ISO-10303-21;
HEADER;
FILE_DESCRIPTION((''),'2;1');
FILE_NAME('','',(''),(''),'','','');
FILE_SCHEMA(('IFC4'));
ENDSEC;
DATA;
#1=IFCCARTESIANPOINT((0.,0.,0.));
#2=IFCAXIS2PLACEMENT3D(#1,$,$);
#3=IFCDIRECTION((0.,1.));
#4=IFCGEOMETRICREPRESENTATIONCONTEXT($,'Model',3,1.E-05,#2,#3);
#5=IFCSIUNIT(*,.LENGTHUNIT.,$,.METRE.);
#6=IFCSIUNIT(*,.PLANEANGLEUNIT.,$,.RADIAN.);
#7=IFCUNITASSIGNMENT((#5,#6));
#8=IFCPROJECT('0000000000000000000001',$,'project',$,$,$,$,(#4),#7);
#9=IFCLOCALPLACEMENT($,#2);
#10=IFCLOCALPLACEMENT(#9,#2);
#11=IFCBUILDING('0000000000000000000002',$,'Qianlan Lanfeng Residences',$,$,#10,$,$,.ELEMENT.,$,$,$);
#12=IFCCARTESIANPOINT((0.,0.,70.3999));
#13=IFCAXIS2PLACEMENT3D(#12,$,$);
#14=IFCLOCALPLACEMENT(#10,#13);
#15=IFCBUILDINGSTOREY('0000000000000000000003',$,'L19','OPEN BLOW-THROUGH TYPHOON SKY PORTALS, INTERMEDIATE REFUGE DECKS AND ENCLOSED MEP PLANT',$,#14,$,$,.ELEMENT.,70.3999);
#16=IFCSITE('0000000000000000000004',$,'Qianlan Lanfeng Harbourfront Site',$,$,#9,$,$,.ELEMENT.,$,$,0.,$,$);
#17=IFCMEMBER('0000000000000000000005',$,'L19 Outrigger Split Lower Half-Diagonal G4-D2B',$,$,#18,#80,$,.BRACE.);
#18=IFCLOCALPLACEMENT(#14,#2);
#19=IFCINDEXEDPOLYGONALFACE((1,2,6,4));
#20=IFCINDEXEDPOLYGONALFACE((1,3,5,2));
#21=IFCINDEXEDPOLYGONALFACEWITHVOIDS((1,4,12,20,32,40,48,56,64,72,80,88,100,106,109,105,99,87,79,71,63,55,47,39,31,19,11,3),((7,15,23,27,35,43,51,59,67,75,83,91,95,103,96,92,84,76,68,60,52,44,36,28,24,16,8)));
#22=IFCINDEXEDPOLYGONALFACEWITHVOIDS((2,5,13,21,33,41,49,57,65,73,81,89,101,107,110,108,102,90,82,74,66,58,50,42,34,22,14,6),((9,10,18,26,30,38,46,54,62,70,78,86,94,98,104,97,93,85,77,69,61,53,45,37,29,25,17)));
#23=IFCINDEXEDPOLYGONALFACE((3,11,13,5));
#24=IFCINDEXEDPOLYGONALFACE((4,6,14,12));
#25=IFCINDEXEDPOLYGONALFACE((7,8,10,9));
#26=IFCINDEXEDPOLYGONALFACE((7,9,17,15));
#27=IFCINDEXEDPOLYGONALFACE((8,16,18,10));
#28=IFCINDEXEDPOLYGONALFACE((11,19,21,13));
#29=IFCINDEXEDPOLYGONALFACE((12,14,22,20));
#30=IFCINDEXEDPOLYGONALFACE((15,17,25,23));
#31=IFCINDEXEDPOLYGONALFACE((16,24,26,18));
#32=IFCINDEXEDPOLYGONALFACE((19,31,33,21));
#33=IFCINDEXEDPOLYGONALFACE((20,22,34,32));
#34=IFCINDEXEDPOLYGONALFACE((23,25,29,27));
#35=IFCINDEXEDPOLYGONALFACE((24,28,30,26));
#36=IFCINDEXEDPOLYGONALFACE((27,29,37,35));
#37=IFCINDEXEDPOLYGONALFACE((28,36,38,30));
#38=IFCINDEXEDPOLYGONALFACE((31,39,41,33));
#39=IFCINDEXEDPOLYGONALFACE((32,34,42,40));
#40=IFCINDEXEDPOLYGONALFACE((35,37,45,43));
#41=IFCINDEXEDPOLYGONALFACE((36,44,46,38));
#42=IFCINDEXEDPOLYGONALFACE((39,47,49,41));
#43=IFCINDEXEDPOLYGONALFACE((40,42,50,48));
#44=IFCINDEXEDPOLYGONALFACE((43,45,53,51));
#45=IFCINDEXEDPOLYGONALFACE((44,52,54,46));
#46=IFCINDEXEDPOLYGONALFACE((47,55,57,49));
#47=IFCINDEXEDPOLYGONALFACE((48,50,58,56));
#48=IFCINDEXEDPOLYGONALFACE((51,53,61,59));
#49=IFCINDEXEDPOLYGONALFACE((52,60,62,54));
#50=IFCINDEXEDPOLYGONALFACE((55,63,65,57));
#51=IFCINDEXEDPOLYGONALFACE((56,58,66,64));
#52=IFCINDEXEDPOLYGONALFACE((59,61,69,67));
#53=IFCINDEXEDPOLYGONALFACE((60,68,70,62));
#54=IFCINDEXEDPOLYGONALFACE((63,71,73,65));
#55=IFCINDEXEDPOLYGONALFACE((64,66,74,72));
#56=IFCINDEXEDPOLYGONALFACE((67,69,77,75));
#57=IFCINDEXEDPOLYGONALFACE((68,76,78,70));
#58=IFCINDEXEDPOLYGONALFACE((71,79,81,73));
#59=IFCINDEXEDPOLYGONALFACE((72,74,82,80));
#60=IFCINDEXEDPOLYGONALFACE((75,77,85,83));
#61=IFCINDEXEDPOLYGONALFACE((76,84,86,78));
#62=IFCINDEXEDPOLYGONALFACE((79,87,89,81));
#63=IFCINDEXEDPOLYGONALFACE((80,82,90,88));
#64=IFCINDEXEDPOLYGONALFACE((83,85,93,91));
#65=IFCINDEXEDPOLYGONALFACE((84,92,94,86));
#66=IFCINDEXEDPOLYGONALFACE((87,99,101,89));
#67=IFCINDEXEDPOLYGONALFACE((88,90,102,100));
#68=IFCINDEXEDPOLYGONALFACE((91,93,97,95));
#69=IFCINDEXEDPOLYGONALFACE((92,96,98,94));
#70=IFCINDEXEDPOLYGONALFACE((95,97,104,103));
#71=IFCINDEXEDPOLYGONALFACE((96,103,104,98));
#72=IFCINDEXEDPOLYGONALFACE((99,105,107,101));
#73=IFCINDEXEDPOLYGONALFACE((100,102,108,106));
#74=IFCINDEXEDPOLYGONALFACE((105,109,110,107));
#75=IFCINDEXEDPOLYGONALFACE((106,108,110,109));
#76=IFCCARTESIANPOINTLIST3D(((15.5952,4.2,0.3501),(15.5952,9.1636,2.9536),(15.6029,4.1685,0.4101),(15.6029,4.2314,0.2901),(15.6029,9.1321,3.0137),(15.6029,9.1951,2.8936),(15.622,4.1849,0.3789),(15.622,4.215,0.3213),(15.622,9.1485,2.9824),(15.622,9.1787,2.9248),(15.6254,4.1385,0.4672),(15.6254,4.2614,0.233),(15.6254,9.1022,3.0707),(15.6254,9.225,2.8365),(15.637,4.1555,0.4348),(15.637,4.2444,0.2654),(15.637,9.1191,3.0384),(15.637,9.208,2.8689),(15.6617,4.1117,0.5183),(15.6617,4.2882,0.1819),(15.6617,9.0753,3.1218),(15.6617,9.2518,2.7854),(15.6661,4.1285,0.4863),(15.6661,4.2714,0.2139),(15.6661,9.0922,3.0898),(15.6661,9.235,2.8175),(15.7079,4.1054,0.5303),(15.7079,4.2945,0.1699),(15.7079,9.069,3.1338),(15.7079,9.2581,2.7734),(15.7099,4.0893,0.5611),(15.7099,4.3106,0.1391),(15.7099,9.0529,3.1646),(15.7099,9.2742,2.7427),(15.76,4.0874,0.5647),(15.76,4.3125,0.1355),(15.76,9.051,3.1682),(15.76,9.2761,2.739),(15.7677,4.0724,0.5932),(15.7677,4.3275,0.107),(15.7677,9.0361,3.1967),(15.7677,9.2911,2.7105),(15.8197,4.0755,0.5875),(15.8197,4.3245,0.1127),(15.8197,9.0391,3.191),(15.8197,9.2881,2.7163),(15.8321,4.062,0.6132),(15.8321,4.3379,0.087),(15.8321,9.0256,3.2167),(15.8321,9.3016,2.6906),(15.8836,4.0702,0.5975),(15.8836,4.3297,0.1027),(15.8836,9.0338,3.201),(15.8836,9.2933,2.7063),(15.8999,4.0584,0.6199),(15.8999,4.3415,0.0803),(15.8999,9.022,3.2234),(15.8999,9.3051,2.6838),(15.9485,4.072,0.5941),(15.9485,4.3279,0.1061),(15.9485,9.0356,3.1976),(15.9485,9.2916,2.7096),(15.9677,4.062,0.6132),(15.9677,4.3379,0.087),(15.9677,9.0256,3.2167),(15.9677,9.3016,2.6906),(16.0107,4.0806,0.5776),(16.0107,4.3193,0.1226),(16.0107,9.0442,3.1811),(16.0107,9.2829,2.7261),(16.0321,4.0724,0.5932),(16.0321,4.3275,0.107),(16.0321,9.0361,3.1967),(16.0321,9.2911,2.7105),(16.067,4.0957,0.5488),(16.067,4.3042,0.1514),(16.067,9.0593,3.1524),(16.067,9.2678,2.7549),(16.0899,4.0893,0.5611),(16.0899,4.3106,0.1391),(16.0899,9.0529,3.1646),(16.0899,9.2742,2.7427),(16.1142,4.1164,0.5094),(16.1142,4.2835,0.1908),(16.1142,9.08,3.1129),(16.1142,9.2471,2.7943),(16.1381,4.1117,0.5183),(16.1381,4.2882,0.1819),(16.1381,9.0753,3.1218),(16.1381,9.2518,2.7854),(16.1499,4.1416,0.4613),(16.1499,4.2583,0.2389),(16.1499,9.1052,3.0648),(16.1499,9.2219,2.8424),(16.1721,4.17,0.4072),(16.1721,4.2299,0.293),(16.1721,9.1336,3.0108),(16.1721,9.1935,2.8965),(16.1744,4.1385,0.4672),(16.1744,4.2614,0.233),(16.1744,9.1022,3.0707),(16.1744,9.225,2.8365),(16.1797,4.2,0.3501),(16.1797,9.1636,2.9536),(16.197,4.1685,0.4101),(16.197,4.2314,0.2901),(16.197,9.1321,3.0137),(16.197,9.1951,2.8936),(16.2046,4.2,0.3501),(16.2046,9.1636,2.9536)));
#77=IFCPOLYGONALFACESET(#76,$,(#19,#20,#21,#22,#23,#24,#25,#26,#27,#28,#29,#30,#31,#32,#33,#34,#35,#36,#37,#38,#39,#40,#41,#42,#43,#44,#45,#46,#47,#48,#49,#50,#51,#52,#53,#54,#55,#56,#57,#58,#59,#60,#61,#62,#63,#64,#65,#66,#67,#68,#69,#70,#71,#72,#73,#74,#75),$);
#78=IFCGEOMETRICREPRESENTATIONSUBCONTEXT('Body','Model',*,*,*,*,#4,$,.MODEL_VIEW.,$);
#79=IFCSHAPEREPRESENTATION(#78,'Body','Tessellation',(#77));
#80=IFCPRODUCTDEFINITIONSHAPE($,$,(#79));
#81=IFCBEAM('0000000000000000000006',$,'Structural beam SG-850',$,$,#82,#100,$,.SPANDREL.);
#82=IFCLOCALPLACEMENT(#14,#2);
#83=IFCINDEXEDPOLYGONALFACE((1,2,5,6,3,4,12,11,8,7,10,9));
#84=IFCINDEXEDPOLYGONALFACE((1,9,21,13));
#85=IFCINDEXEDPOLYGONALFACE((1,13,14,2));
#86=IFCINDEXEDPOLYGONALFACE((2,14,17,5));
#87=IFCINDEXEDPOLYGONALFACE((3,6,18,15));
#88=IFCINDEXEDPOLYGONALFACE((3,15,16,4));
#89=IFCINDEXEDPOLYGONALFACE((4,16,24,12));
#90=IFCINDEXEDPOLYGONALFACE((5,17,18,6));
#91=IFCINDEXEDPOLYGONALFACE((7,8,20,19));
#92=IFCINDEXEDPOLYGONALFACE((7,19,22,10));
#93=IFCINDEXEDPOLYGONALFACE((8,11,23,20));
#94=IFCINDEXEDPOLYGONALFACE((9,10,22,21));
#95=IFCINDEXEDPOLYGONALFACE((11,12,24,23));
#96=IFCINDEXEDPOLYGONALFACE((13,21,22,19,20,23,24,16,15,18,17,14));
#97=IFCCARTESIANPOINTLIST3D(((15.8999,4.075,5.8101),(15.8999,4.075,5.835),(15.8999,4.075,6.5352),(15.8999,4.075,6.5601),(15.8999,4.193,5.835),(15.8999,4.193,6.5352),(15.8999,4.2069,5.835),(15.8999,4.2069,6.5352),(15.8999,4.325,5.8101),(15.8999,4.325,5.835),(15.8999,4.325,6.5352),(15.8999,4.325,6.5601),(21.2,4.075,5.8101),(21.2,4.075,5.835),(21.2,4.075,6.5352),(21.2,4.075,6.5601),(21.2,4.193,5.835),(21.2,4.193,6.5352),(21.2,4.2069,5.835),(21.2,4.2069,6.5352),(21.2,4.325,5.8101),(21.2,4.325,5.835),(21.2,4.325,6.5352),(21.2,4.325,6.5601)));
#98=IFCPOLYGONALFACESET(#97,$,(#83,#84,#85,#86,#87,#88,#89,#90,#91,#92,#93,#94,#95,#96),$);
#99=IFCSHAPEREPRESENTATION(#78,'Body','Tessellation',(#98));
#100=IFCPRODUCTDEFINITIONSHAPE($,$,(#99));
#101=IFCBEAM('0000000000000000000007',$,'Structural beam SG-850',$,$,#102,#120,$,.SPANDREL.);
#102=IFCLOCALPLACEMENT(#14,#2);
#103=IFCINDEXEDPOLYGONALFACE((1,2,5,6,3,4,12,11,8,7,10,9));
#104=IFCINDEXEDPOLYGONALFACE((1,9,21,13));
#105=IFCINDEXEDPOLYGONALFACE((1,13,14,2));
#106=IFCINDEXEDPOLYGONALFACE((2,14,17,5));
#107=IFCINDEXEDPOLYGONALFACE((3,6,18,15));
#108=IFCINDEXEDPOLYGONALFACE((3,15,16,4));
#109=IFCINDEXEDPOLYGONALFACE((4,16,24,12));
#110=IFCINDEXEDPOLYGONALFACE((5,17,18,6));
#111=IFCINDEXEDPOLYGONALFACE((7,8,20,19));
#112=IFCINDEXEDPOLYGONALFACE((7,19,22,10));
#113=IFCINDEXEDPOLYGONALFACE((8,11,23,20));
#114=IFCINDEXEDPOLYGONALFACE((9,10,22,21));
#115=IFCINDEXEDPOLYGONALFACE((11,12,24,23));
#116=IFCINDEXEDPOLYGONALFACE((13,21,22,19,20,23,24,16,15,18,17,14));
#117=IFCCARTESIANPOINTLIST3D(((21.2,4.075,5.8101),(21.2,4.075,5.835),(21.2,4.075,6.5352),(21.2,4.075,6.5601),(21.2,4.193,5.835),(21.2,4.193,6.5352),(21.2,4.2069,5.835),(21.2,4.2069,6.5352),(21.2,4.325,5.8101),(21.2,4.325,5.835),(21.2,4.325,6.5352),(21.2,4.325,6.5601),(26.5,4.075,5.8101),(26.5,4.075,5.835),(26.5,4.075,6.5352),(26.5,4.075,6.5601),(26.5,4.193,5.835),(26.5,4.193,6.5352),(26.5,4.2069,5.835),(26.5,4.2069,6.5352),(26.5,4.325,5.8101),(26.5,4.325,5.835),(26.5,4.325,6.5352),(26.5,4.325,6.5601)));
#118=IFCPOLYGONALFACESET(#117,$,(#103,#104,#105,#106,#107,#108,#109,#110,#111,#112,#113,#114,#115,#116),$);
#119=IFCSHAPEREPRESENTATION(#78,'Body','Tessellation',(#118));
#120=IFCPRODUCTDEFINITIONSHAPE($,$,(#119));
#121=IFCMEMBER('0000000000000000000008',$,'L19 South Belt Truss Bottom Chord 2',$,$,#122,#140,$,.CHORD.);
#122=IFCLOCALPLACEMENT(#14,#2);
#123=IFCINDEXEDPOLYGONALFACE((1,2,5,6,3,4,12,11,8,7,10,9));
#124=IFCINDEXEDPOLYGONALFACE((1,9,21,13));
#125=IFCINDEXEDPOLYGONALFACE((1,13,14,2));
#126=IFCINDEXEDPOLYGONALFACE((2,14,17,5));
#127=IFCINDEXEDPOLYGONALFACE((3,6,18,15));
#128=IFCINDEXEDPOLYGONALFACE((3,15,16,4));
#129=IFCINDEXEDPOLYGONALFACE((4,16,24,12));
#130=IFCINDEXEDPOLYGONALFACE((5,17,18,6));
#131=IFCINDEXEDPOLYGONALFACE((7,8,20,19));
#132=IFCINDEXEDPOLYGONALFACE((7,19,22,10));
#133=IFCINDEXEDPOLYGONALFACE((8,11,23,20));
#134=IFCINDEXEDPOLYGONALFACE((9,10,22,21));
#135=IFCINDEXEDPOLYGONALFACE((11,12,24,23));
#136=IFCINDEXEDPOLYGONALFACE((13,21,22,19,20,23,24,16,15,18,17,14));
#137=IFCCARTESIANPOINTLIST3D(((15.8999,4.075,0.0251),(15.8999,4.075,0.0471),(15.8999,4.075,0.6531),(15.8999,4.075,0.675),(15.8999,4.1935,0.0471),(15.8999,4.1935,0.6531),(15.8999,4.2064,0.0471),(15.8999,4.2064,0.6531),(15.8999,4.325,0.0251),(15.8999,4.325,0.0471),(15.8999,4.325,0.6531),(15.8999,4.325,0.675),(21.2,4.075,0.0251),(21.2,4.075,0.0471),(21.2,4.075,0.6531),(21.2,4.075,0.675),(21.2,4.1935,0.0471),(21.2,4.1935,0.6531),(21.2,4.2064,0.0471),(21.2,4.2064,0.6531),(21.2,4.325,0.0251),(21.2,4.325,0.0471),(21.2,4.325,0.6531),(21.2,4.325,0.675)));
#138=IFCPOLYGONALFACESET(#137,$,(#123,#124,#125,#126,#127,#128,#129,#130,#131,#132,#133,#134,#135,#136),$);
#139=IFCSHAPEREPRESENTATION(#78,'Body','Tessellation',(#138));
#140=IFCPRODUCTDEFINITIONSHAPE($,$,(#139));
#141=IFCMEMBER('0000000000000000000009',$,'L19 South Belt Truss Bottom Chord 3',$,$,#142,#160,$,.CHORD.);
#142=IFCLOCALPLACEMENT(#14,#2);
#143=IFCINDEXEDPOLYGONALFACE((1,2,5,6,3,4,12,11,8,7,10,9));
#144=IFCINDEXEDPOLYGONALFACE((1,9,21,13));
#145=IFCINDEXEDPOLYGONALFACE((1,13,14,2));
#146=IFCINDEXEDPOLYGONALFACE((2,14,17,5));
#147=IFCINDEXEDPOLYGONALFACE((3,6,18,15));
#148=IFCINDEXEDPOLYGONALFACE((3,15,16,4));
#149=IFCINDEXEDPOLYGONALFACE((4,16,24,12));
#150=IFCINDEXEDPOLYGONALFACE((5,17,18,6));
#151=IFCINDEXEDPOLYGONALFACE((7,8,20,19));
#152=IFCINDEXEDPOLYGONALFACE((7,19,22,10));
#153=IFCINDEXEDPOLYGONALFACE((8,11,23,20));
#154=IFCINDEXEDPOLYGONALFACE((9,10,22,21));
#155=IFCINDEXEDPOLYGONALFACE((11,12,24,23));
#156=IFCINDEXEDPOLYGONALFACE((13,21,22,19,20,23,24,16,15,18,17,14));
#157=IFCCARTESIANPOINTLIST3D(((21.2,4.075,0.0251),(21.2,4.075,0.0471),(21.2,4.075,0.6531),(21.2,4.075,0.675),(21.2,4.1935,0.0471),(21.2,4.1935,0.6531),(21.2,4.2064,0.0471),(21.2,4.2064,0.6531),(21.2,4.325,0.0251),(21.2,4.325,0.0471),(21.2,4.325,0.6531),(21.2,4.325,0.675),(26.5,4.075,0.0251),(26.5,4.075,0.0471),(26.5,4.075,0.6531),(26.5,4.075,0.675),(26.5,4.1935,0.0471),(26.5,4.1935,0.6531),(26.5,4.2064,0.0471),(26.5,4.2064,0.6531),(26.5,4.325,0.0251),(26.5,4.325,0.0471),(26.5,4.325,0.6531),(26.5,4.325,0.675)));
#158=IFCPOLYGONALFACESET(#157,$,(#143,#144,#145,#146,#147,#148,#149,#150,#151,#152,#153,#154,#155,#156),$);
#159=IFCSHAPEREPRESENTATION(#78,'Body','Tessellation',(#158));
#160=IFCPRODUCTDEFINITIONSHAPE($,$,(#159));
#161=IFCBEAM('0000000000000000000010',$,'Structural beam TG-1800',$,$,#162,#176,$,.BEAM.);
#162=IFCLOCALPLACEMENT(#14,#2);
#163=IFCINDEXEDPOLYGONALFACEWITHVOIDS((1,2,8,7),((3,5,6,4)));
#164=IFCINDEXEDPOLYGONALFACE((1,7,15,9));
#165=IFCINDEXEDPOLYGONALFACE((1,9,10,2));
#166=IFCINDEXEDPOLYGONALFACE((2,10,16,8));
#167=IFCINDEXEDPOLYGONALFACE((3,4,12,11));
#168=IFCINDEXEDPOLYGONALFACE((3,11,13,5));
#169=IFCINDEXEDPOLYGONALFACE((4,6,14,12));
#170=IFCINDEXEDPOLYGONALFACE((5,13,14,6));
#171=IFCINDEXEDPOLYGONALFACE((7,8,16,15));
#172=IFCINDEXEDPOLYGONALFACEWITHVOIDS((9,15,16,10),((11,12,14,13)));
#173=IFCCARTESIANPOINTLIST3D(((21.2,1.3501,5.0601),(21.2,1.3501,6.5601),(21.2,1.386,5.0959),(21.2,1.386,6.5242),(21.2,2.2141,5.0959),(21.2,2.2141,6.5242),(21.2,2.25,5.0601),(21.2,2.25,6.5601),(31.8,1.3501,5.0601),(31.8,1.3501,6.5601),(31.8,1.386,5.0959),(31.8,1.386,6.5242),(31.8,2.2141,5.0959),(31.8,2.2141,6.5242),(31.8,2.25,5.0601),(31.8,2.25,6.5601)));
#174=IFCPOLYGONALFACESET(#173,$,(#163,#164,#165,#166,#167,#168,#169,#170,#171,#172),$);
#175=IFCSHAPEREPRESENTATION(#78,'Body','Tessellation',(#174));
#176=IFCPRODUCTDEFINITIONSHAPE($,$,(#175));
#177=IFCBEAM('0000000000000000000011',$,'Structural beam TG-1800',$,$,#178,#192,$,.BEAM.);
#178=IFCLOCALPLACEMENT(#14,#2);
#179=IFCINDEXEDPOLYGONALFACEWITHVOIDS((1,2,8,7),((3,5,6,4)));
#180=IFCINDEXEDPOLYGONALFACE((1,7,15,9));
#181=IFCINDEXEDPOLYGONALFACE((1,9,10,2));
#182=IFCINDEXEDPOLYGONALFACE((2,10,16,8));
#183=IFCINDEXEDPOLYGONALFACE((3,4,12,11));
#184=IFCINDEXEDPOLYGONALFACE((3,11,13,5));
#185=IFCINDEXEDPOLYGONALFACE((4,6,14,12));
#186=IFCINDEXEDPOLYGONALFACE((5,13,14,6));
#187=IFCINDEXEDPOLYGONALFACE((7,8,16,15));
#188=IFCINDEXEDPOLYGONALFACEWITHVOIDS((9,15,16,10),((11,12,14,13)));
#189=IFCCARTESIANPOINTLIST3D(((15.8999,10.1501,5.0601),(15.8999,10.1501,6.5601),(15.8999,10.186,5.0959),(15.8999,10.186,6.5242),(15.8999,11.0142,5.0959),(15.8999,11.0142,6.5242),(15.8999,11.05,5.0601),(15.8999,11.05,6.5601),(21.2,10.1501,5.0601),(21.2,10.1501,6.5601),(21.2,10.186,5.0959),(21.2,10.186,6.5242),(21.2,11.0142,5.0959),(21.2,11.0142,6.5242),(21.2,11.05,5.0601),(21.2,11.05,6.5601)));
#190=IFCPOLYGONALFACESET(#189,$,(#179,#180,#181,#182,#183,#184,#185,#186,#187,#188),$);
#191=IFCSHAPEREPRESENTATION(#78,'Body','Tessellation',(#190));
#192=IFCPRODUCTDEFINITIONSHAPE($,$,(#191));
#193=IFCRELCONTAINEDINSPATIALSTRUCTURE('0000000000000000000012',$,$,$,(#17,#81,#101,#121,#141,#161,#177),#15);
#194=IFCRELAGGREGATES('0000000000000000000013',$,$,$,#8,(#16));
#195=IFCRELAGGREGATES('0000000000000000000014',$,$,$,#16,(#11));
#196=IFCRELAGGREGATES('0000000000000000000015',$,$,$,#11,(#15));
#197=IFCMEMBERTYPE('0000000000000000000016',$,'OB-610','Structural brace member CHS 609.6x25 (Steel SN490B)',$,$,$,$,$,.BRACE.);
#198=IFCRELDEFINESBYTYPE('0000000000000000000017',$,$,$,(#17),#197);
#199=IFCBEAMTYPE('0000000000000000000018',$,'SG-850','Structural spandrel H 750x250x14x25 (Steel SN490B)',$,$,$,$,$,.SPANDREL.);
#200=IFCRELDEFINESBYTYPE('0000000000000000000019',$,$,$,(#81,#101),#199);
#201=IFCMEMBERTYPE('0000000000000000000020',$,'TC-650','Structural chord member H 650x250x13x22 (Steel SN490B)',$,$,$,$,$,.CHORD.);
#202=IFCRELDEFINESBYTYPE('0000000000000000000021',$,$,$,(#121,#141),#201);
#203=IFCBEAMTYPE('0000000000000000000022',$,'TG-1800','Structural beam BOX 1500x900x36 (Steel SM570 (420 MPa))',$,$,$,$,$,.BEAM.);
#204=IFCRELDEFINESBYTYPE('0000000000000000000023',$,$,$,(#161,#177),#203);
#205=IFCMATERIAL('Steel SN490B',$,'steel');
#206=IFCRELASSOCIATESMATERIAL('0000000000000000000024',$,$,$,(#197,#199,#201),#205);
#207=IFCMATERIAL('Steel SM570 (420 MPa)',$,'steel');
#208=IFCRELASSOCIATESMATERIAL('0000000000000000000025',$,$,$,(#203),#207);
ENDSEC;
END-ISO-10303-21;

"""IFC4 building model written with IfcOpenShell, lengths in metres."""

from ifc_helpers import new_model, si_unit, direction, frame, origin, origin_2d, place, context, subcontext, project, spatial, hollow_rectangle, hollow_circle, i_section, extrude, material, material_profile, profile_set, type_object, element, save


model = new_model("IFC4")

# Units and contexts
model_context = context("Model", 3, precision=1e-05, world=origin(), true_north=direction((0.0, 1.0)))
body_context = subcontext(model_context, "Body", "Model", "MODEL_VIEW")
ifc_project = project(units=[si_unit("LENGTHUNIT", "METRE"), si_unit("PLANEANGLEUNIT", "RADIAN")], contexts=[model_context])

# Site, building, storey
site_placement = place(None, origin())
site = spatial("IfcSite", under=ifc_project, at=site_placement, Name="Qianlan Lanfeng Harbourfront Site", CompositionType="ELEMENT", RefElevation=0.0)
building_placement = place(site_placement, origin())
building = spatial("IfcBuilding", under=site, at=building_placement, Name="Qianlan Lanfeng Residences", CompositionType="ELEMENT")
storey_placement = place(building_placement, frame((0.0, 0.0, 70.3999)))
storey = spatial("IfcBuildingStorey", under=building, at=storey_placement, Name="L19", Description="OPEN BLOW-THROUGH TYPHOON SKY PORTALS, INTERMEDIATE REFUGE DECKS AND ENCLOSED MEP PLANT", CompositionType="ELEMENT", Elevation=70.3999)

# Shared definitions
ifc_material_1 = material(Name="Steel SN490B", Category="steel")

# Member
ifc_material_profile_1 = material_profile(ifc_material_1, hollow_circle(Radius=0.3047, WallThickness=0.0249, at=origin_2d()), Name="CHS 609.6x25")
ifc_profile_set_1 = profile_set([ifc_material_profile_1], Name="Steel SN490B")
member_type_1 = type_object("IfcMemberType", Name="OB-610", Description="Structural brace member CHS 609.6x25 (Steel SN490B)", PredefinedType="BRACE", material=ifc_profile_set_1)
member_placement = place(storey_placement, frame((15.8999, 9.1636, 2.9536), z_axis=(0.0, -0.885573, -0.4645), x_axis=(1.0, 0.0, 0.0)))
element("IfcMember", 1, at=member_placement, inside=storey, type_object=member_type_1, Name="L19 Outrigger Split Lower Half-Diagonal G4-D2B", PredefinedType="BRACE", context=body_context, shape_type="SweptSolid", body=[
    extrude(hollow_circle(Radius=0.3047, WallThickness=0.0249, at=origin_2d()), origin(), (0.0, 0.0, 1.0), 5.605),
])

# Beams
ifc_material_profile_2 = material_profile(ifc_material_1, i_section(OverallWidth=0.25, OverallDepth=0.75, WebThickness=0.0139, FlangeThickness=0.0249, at=origin_2d()), Name="H 750x250x14x25")
ifc_profile_set_2 = profile_set([ifc_material_profile_2], Name="Steel SN490B")
beam_type_1 = type_object("IfcBeamType", Name="SG-850", Description="Structural spandrel H 750x250x14x25 (Steel SN490B)", PredefinedType="SPANDREL", material=ifc_profile_set_2)
for number, where, z_axis, x_axis, name in (
    (2, (15.8999, 4.2, 6.1851), (1.0, 0.0, 0.0), (0.0, 1.0, 0.0), "Structural beam SG-850"),
    (3, (21.2, 4.2, 6.1851), (1.0, 0.0, 0.0), (0.0, 1.0, 0.0), "Structural beam SG-850"),
):
    element("IfcBeam", number, at=place(storey_placement, frame(where, z_axis=z_axis, x_axis=x_axis)), inside=storey, type_object=beam_type_1, Name=name, PredefinedType="SPANDREL", context=body_context, shape_type="SweptSolid", body=[
        extrude(i_section(OverallWidth=0.25, OverallDepth=0.75, WebThickness=0.0139, FlangeThickness=0.0249, at=origin_2d()), origin(), (0.0, 0.0, 1.0), 5.3),
    ])

# Members
ifc_material_profile_3 = material_profile(ifc_material_1, i_section(OverallWidth=0.25, OverallDepth=0.6499, WebThickness=0.0129, FlangeThickness=0.022, at=origin_2d()), Name="H 650x250x13x22")
ifc_profile_set_3 = profile_set([ifc_material_profile_3], Name="Steel SN490B")
member_type_2 = type_object("IfcMemberType", Name="TC-650", Description="Structural chord member H 650x250x13x22 (Steel SN490B)", PredefinedType="CHORD", material=ifc_profile_set_3)
for number, where, z_axis, x_axis, name in (
    (4, (15.8999, 4.2, 0.3501), (1.0, 0.0, 0.0), (0.0, 1.0, 0.0), "L19 South Belt Truss Bottom Chord 2"),
    (5, (21.2, 4.2, 0.3501), (1.0, 0.0, 0.0), (0.0, 1.0, 0.0), "L19 South Belt Truss Bottom Chord 3"),
):
    element("IfcMember", number, at=place(storey_placement, frame(where, z_axis=z_axis, x_axis=x_axis)), inside=storey, type_object=member_type_2, Name=name, PredefinedType="CHORD", context=body_context, shape_type="SweptSolid", body=[
        extrude(i_section(OverallWidth=0.25, OverallDepth=0.6499, WebThickness=0.0129, FlangeThickness=0.022, at=origin_2d()), origin(), (0.0, 0.0, 1.0), 5.3),
    ])

# Beams
ifc_material_2 = material(Name="Steel SM570 (420 MPa)", Category="steel")
ifc_material_profile_4 = material_profile(ifc_material_2, hollow_rectangle(XDim=0.8999, YDim=1.5, WallThickness=0.0359, at=origin_2d()), Name="BOX 1500x900x36")
ifc_profile_set_4 = profile_set([ifc_material_profile_4], Name="Steel SM570 (420 MPa)")
beam_type_2 = type_object("IfcBeamType", Name="TG-1800", Description="Structural beam BOX 1500x900x36 (Steel SM570 (420 MPa))", PredefinedType="BEAM", material=ifc_profile_set_4)
beam_1_placement = place(storey_placement, frame((21.2, 1.8, 5.8101), z_axis=(1.0, 0.0, 0.0), x_axis=(0.0, 1.0, 0.0)))
element("IfcBeam", 6, at=beam_1_placement, inside=storey, type_object=beam_type_2, Name="Structural beam TG-1800", PredefinedType="BEAM", context=body_context, shape_type="SweptSolid", body=[
    extrude(hollow_rectangle(XDim=0.8999, YDim=1.5, WallThickness=0.0359, at=origin_2d()), origin(), (0.0, 0.0, 1.0), 10.6001),
])
for number, where, z_axis, x_axis, name in (
    (7, (15.8999, 10.6001, 5.8101), (1.0, 0.0, 0.0), (0.0, 1.0, 0.0), "Structural beam TG-1800"),
):
    element("IfcBeam", number, at=place(storey_placement, frame(where, z_axis=z_axis, x_axis=x_axis)), inside=storey, type_object=beam_type_2, Name=name, PredefinedType="BEAM", context=body_context, shape_type="SweptSolid", body=[
        extrude(hollow_rectangle(XDim=0.8999, YDim=1.5, WallThickness=0.0359, at=origin_2d()), origin(), (0.0, 0.0, 1.0), 5.3),
    ])

save(model, "model.ifc")
